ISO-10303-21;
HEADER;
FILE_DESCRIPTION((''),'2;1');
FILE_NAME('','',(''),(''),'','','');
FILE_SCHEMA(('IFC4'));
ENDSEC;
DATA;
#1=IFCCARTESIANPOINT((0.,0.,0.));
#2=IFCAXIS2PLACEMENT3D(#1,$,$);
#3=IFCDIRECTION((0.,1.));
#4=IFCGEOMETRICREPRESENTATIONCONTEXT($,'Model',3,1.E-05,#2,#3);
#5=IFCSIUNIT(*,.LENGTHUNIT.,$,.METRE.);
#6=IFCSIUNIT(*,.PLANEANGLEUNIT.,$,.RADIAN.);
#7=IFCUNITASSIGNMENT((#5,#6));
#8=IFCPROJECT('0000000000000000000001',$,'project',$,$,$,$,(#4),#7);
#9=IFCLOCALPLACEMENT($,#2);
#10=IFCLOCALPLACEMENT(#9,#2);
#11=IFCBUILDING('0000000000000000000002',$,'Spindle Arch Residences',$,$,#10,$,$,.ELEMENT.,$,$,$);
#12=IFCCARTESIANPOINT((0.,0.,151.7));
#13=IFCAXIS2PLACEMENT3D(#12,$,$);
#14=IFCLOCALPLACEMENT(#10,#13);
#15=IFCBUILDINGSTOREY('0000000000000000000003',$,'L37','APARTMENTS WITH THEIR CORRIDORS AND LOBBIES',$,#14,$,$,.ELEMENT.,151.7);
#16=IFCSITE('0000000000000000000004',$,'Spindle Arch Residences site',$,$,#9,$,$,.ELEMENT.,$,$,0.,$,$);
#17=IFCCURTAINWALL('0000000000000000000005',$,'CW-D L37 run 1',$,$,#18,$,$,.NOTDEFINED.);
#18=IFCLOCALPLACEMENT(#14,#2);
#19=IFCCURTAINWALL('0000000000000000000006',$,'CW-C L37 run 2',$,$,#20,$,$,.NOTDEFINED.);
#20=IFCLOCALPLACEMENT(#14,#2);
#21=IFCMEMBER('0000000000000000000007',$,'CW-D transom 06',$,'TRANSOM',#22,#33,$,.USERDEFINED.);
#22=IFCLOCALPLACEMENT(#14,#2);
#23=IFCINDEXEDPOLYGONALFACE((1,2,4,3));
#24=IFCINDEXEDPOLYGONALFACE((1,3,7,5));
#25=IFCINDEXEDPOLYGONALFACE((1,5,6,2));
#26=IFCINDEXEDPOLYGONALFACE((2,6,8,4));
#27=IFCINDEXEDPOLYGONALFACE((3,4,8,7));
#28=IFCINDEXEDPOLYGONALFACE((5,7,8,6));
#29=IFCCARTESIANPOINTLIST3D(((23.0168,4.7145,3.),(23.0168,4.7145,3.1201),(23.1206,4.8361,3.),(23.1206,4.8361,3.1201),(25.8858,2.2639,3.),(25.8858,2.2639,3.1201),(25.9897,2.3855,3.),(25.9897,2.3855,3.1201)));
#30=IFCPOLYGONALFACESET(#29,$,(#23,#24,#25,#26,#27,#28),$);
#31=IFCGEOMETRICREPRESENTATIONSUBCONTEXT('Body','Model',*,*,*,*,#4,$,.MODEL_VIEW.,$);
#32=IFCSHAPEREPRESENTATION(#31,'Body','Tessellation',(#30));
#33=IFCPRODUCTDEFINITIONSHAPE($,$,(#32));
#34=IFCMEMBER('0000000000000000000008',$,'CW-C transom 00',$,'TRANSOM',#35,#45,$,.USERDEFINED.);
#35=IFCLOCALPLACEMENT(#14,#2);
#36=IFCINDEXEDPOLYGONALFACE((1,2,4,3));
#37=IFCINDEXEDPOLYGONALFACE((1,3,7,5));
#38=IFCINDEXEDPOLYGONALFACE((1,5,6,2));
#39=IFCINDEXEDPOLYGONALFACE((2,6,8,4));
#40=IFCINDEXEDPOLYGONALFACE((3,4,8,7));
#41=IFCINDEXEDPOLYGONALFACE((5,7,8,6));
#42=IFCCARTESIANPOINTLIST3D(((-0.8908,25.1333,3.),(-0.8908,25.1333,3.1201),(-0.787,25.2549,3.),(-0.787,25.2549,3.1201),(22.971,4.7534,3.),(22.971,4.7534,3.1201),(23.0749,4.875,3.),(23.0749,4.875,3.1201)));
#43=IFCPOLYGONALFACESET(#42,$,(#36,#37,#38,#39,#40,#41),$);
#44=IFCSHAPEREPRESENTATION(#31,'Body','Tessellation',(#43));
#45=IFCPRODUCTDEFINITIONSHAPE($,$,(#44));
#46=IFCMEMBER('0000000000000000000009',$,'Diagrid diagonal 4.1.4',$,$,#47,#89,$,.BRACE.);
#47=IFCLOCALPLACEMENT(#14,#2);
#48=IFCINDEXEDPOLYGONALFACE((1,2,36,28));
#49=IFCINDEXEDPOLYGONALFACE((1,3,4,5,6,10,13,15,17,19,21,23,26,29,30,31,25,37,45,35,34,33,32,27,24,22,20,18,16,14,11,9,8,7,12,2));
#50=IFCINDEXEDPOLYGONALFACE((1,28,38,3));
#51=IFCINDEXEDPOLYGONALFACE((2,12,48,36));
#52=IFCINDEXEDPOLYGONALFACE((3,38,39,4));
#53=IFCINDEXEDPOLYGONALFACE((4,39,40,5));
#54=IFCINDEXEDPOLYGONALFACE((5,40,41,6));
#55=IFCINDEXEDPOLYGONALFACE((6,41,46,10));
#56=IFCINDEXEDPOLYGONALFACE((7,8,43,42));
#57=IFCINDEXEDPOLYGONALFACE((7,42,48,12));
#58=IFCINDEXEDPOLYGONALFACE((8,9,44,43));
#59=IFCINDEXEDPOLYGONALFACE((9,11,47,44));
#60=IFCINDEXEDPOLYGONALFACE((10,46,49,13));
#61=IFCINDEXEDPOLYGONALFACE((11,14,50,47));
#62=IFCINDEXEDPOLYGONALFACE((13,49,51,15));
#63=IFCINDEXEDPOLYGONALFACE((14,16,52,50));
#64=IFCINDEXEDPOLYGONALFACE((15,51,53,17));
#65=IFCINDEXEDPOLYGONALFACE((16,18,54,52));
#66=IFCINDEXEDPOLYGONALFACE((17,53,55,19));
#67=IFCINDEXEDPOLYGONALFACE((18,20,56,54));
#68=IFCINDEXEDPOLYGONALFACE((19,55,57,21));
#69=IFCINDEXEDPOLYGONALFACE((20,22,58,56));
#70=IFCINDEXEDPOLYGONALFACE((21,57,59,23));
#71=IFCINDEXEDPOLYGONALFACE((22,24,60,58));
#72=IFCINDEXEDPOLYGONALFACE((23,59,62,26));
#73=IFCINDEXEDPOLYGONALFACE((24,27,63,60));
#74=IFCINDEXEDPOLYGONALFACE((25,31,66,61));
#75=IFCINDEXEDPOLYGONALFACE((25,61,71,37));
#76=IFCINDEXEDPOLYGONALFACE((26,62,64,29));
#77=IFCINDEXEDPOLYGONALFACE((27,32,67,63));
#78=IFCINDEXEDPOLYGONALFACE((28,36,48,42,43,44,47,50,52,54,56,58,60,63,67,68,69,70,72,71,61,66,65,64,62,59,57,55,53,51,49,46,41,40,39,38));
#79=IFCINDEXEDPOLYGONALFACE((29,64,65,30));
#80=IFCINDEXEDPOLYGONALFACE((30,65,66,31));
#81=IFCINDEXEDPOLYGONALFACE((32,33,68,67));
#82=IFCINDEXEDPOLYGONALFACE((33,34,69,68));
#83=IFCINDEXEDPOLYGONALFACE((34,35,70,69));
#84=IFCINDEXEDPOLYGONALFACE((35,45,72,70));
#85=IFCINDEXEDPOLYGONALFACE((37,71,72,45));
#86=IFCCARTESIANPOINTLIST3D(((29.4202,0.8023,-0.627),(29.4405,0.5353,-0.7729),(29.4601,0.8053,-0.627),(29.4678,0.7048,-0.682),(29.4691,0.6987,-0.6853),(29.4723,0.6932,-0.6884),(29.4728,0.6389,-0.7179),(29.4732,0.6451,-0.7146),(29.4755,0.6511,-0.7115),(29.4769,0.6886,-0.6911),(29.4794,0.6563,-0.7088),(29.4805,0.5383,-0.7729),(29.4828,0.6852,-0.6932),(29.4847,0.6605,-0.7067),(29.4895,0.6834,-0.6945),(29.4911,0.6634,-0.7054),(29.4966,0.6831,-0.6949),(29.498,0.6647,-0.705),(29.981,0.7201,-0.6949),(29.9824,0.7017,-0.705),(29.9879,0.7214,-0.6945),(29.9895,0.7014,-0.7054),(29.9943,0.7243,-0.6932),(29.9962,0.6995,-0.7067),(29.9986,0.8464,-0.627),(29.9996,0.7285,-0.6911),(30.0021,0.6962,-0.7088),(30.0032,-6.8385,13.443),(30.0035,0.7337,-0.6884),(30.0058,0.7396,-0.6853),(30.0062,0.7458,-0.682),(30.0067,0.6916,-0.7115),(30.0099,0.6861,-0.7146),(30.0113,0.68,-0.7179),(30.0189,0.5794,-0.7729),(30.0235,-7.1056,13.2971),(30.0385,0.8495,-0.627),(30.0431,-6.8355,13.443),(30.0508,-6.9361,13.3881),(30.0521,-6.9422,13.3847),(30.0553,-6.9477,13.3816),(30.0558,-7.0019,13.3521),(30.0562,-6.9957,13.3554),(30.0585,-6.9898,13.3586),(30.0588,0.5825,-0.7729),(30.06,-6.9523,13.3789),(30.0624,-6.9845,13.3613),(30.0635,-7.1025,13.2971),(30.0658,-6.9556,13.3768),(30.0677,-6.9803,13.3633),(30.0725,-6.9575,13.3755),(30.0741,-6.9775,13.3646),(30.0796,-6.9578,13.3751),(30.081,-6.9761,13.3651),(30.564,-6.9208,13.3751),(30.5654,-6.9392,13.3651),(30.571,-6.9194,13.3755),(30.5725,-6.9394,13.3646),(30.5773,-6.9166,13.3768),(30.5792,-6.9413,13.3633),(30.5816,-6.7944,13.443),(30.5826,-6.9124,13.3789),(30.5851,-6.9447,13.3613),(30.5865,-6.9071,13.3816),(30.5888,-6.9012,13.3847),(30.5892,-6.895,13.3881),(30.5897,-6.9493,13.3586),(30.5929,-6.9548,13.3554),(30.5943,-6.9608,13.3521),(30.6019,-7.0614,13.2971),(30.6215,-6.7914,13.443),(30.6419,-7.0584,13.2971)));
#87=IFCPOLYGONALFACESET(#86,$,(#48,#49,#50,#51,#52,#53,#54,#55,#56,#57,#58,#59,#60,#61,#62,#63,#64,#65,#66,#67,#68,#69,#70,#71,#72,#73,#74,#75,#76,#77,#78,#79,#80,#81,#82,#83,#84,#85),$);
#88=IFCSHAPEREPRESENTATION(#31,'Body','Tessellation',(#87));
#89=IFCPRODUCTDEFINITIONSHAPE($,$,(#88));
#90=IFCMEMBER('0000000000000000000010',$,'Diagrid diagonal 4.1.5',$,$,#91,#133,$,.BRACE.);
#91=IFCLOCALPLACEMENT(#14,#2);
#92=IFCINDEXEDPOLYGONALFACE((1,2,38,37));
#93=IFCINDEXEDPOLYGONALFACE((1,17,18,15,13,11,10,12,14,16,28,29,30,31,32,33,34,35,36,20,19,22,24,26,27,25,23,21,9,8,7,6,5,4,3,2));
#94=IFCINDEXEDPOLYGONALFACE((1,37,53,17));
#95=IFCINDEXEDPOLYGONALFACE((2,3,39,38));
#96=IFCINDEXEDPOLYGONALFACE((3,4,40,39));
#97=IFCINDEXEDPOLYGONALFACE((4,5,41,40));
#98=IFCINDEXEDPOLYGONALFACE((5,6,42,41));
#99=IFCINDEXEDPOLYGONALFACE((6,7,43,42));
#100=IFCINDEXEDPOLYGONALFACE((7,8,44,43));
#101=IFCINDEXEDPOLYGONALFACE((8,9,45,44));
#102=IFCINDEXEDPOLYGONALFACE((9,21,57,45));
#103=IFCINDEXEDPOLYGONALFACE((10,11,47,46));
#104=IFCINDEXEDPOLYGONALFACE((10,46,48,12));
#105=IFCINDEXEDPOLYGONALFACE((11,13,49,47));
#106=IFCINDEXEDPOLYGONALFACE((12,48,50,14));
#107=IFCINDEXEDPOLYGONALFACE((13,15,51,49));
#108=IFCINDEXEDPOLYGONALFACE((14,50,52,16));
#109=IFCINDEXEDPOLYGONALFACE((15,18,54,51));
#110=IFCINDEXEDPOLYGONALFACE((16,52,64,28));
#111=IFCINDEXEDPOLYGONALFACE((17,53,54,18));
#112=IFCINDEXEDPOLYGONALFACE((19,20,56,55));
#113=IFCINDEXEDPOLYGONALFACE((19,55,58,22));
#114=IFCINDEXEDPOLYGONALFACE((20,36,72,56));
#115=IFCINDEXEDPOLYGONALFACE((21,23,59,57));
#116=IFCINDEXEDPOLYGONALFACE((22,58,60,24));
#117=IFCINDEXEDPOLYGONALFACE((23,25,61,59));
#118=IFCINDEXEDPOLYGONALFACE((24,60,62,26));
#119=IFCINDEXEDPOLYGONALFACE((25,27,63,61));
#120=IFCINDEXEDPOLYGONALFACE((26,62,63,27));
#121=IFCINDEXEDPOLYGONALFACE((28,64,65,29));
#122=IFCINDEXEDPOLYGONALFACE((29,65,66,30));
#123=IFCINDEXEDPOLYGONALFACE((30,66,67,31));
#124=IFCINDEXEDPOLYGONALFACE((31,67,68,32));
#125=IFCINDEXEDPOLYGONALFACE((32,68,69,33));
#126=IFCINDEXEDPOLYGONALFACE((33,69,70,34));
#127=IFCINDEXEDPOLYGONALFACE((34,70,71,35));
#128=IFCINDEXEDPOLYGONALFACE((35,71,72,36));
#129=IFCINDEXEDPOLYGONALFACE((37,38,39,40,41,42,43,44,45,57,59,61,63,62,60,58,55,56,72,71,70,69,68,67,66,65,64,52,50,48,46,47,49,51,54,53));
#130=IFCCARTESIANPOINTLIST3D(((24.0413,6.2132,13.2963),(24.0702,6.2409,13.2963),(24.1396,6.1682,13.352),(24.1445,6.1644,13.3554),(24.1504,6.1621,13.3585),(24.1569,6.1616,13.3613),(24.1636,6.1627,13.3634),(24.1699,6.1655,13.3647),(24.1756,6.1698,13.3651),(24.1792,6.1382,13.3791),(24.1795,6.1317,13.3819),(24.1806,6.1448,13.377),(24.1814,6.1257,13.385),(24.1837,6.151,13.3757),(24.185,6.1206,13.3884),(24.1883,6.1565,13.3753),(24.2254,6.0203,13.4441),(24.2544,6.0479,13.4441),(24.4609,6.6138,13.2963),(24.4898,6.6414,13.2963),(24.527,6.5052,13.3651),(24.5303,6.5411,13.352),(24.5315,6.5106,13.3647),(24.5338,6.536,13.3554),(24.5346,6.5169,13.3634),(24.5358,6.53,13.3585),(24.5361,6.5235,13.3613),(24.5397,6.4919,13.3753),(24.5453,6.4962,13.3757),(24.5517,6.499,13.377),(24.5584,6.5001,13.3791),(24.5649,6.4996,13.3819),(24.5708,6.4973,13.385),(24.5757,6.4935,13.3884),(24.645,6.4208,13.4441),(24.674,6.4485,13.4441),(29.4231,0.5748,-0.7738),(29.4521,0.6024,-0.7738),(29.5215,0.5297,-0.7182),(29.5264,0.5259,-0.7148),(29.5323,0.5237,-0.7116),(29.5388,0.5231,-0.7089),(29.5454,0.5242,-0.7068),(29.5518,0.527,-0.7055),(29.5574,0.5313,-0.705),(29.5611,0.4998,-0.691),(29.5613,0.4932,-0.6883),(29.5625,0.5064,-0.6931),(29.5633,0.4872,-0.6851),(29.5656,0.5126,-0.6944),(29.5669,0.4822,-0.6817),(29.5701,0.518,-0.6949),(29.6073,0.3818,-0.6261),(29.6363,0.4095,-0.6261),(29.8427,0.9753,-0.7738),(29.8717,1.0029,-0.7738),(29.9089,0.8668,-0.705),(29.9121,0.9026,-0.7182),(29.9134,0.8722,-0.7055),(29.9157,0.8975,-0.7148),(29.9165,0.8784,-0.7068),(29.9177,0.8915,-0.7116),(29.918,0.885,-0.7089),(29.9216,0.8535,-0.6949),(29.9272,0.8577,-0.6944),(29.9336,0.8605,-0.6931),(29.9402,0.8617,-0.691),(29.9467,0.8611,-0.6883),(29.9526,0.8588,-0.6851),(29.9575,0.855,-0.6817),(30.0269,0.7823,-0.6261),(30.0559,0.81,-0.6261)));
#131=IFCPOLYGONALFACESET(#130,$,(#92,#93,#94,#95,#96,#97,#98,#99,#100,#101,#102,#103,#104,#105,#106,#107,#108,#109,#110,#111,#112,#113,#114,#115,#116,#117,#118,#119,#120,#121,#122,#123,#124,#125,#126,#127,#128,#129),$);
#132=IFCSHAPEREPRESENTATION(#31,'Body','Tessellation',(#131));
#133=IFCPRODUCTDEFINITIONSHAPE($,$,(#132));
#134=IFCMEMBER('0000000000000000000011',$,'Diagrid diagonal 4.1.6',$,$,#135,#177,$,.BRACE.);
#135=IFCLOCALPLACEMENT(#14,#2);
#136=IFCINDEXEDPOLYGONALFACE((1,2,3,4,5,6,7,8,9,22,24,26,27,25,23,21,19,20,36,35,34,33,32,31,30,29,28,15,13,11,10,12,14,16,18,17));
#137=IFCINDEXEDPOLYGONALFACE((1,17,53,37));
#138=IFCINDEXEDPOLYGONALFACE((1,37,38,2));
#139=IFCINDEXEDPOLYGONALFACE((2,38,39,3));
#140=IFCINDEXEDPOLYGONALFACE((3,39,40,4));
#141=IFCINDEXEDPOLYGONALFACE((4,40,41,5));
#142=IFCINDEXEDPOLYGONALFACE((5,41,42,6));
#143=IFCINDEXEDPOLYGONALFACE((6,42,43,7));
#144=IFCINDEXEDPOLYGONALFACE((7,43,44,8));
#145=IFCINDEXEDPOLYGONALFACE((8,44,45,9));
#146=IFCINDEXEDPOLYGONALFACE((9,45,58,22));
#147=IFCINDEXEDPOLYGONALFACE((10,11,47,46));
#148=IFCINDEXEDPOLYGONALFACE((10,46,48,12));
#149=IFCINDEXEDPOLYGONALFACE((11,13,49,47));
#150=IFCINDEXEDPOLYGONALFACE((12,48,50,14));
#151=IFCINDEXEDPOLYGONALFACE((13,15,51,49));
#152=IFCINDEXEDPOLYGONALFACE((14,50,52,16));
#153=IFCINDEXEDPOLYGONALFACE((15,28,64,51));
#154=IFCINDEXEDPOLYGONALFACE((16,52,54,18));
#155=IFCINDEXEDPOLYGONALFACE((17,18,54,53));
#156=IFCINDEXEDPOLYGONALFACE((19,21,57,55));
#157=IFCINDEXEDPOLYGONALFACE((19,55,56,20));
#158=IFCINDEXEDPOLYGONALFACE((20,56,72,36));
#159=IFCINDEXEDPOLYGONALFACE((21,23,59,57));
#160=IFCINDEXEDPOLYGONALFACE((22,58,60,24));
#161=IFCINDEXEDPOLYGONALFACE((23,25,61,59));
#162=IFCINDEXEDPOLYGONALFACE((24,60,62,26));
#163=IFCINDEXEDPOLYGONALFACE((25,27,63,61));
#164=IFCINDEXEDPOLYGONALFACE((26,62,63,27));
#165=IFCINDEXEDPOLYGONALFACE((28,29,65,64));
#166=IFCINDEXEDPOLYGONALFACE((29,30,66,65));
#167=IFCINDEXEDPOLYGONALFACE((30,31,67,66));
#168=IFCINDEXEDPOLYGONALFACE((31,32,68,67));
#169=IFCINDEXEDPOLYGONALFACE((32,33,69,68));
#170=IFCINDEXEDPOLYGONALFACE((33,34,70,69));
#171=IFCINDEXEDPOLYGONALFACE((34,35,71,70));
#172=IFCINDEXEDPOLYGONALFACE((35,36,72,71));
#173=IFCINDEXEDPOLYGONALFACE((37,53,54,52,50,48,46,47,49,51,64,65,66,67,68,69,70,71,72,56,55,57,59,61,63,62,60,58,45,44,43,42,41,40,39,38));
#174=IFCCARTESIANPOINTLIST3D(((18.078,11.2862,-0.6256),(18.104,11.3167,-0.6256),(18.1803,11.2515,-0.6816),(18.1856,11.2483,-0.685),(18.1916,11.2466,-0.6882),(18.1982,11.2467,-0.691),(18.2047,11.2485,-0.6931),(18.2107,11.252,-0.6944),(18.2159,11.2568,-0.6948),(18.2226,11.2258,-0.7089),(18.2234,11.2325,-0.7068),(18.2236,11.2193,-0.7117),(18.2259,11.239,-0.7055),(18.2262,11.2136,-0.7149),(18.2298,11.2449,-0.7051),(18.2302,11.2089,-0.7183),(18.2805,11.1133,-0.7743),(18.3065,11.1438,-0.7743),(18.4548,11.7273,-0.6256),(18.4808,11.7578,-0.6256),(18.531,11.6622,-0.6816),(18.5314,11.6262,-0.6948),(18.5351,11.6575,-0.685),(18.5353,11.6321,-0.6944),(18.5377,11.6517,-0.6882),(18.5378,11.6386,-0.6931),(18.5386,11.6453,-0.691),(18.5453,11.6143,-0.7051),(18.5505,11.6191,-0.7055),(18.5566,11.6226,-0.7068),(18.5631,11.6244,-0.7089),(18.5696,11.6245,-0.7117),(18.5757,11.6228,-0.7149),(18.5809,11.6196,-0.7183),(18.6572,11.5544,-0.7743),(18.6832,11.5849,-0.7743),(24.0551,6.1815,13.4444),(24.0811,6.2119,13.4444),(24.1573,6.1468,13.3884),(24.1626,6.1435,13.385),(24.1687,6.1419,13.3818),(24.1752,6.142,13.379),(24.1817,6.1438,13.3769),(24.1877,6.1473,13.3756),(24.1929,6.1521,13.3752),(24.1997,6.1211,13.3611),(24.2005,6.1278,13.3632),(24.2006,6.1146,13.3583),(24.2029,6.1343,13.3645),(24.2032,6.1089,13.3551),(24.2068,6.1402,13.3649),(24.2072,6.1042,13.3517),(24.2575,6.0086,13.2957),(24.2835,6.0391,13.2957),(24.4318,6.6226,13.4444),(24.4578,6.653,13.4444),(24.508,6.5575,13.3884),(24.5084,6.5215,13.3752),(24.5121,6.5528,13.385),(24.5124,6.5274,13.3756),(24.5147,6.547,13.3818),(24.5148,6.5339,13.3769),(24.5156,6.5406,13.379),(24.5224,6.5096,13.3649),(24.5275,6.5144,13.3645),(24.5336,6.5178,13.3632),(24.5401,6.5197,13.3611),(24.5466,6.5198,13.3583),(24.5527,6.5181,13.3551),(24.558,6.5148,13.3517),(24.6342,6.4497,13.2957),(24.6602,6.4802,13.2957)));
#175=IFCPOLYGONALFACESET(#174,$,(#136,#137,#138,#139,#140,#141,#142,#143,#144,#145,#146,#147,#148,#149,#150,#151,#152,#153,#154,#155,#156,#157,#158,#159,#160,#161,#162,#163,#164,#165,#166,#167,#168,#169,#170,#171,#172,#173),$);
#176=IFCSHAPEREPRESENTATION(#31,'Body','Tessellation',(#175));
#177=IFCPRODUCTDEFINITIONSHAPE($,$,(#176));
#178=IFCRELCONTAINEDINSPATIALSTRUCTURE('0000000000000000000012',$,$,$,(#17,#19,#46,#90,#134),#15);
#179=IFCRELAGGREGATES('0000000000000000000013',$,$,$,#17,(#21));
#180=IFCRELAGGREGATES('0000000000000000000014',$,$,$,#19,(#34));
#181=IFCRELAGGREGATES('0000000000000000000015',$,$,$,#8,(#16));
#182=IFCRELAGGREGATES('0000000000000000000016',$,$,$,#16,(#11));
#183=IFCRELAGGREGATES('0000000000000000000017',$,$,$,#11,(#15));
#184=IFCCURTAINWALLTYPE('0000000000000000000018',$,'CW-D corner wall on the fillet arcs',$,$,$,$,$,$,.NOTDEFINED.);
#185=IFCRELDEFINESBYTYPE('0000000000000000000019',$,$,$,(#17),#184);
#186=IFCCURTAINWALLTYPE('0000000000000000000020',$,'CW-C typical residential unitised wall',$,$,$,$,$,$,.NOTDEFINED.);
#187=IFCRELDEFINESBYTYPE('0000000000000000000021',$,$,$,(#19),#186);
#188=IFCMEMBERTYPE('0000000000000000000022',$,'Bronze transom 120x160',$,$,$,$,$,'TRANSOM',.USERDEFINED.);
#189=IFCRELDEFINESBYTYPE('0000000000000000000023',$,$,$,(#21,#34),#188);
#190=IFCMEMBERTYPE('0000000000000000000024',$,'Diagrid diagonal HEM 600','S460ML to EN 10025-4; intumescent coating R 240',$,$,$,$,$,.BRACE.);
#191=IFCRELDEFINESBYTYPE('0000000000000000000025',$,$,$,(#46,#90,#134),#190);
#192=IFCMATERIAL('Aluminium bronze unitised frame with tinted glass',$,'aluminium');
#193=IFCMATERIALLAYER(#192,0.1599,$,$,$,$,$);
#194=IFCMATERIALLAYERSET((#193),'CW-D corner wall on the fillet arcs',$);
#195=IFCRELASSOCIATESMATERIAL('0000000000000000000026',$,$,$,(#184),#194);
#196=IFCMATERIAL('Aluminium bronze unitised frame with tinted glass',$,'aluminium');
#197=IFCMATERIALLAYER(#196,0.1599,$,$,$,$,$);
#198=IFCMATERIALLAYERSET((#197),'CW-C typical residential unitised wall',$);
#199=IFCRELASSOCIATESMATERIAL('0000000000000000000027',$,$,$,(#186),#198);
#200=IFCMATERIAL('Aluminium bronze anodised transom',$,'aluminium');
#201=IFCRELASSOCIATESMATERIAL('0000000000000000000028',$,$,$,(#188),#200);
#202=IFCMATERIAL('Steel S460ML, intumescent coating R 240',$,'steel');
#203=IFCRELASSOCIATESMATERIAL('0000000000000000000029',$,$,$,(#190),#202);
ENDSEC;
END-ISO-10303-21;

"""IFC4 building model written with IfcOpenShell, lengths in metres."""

from ifc_helpers import new_model, si_unit, direction, frame, origin, origin_2d, place, context, subcontext, project, spatial, rectangle, i_section, extrude, material, layer, layer_set, material_profile, profile_set, type_object, element, aggregate, save


model = new_model("IFC4")

# Units and contexts
model_context = context("Model", 3, precision=1e-05, world=origin(), true_north=direction((0.0, 1.0)))
body_context = subcontext(model_context, "Body", "Model", "MODEL_VIEW")
ifc_project = project(units=[si_unit("LENGTHUNIT", "METRE"), si_unit("PLANEANGLEUNIT", "RADIAN")], contexts=[model_context])

# Site, building, storey
site_placement = place(None, origin())
site = spatial("IfcSite", under=ifc_project, at=site_placement, Name="Spindle Arch Residences site", CompositionType="ELEMENT", RefElevation=0.0)
building_placement = place(site_placement, origin())
building = spatial("IfcBuilding", under=site, at=building_placement, Name="Spindle Arch Residences", CompositionType="ELEMENT")
storey_placement = place(building_placement, frame((0.0, 0.0, 151.7)))
storey = spatial("IfcBuildingStorey", under=building, at=storey_placement, Name="L37", Description="APARTMENTS WITH THEIR CORRIDORS AND LOBBIES", CompositionType="ELEMENT", Elevation=151.7)

# Curtain wall
ifc_material_1 = material(Name="Aluminium bronze unitised frame with tinted glass", Category="aluminium")
ifc_layer_1 = layer(ifc_material_1, 0.1599)
ifc_layer_set_1 = layer_set([ifc_layer_1], Name="CW-D corner wall on the fillet arcs")
curtain_wall_type_1 = type_object("IfcCurtainWallType", Name="CW-D corner wall on the fillet arcs", PredefinedType="NOTDEFINED", material=ifc_layer_set_1)
curtain_wall_1_placement = place(storey_placement, origin())
curtain_wall_1 = element("IfcCurtainWall", 1, at=curtain_wall_1_placement, inside=storey, type_object=curtain_wall_type_1, Name="CW-D L37 run 1", PredefinedType="NOTDEFINED")

# Curtain wall
ifc_material_2 = material(Name="Aluminium bronze unitised frame with tinted glass", Category="aluminium")
ifc_layer_2 = layer(ifc_material_2, 0.1599)
ifc_layer_set_2 = layer_set([ifc_layer_2], Name="CW-C typical residential unitised wall")
curtain_wall_type_2 = type_object("IfcCurtainWallType", Name="CW-C typical residential unitised wall", PredefinedType="NOTDEFINED", material=ifc_layer_set_2)
curtain_wall_2_placement = place(storey_placement, origin())
curtain_wall_2 = element("IfcCurtainWall", 2, at=curtain_wall_2_placement, inside=storey, type_object=curtain_wall_type_2, Name="CW-C L37 run 2", PredefinedType="NOTDEFINED")

# Members
ifc_material_3 = material(Name="Aluminium bronze anodised transom", Category="aluminium")
ifc_material_profile_1 = material_profile(ifc_material_3, rectangle(XDim=0.1599, YDim=0.1201, at=origin_2d()), Name="TR 120x160")
ifc_profile_set_1 = profile_set([ifc_material_profile_1], Name="Aluminium bronze anodised transom")
member_type_1 = type_object("IfcMemberType", Name="Bronze transom 120x160", ElementType="TRANSOM", PredefinedType="USERDEFINED", material=ifc_profile_set_1)
member_1_placement = place(storey_placement, frame((25.9377, 2.3247, 3.0601), z_axis=(-0.760379, 0.64948, 0.0), x_axis=(-0.64948, -0.760379, 0.0)))
member_1 = element("IfcMember", 3, at=member_1_placement, type_object=member_type_1, Name="CW-D transom 06", ObjectType="TRANSOM", PredefinedType="USERDEFINED", context=body_context, shape_type="SweptSolid", body=[
    extrude(rectangle(XDim=0.1599, YDim=0.1201, at=origin_2d()), origin(), (0.0, 0.0, 1.0), 3.7732),
])
member_2_placement = place(storey_placement, frame((23.0229, 4.8142, 3.0601), z_axis=(-0.760406, 0.649447, 0.0), x_axis=(-0.649447, -0.760406, 0.0)))
member_2 = element("IfcMember", 4, at=member_2_placement, type_object=member_type_1, Name="CW-C transom 00", ObjectType="TRANSOM", PredefinedType="USERDEFINED", context=body_context, shape_type="SweptSolid", body=[
    extrude(rectangle(XDim=0.1599, YDim=0.1201, at=origin_2d()), origin(), (0.0, 0.0, 1.0), 31.3804),
])

# Members
ifc_material_4 = material(Name="Steel S460ML, intumescent coating R 240", Category="steel")
ifc_material_profile_2 = material_profile(ifc_material_4, i_section(OverallWidth=0.3049, OverallDepth=0.6201, WebThickness=0.021, FlangeThickness=0.04, FilletRadius=0.0271, at=origin_2d()), Name="HEM 600")
ifc_profile_set_2 = profile_set([ifc_material_profile_2], Name="Steel S460ML, intumescent coating R 240")
member_type_2 = type_object("IfcMemberType", Name="Diagrid diagonal HEM 600", Description="S460ML to EN 10025-4; intumescent coating R 240", PredefinedType="BRACE", material=ifc_profile_set_2)
member_3_placement = place(storey_placement, frame((29.7395, 0.6924, -0.7), z_axis=(0.036389, -0.476912, 0.878197), x_axis=(-0.066813, 0.875652, 0.478299)))
element("IfcMember", 5, at=member_3_placement, inside=storey, type_object=member_type_2, Name="Diagrid diagonal 4.1.4", PredefinedType="BRACE", context=body_context, shape_type="SweptSolid", body=[
    extrude(i_section(OverallWidth=0.3049, OverallDepth=0.6201, WebThickness=0.021, FlangeThickness=0.04, FilletRadius=0.0271, at=origin_2d()), origin(), (0.0, 0.0, 1.0), 16.0215),
])
member_4_placement = place(storey_placement, frame((29.7395, 0.6924, -0.7), z_axis=(-0.33459, 0.350542, 0.87474), x_axis=(0.603969, -0.632765, 0.484593)))
element("IfcMember", 6, at=member_4_placement, inside=storey, type_object=member_type_2, Name="Diagrid diagonal 4.1.5", PredefinedType="BRACE", context=body_context, shape_type="SweptSolid", body=[
    extrude(i_section(OverallWidth=0.3049, OverallDepth=0.6201, WebThickness=0.021, FlangeThickness=0.04, FilletRadius=0.0271, at=origin_2d()), origin(), (0.0, 0.0, 1.0), 16.085),
])
for number, where, z_axis, x_axis, name in (
    (7, (18.3806, 11.4355, -0.7), (0.370859, -0.316734, 0.873008), (-0.663849, 0.566964, 0.487706), "Diagrid diagonal 4.1.6"),
):
    element("IfcMember", number, at=place(storey_placement, frame(where, z_axis=z_axis, x_axis=x_axis)), inside=storey, type_object=member_type_2, Name=name, PredefinedType="BRACE", context=body_context, shape_type="SweptSolid", body=[
        extrude(i_section(OverallWidth=0.3049, OverallDepth=0.6201, WebThickness=0.021, FlangeThickness=0.04, FilletRadius=0.0271, at=origin_2d()), origin(), (0.0, 0.0, 1.0), 16.1167),
    ])

aggregate(curtain_wall_1, [member_1])
aggregate(curtain_wall_2, [member_2])

save(model, "model.ifc")
